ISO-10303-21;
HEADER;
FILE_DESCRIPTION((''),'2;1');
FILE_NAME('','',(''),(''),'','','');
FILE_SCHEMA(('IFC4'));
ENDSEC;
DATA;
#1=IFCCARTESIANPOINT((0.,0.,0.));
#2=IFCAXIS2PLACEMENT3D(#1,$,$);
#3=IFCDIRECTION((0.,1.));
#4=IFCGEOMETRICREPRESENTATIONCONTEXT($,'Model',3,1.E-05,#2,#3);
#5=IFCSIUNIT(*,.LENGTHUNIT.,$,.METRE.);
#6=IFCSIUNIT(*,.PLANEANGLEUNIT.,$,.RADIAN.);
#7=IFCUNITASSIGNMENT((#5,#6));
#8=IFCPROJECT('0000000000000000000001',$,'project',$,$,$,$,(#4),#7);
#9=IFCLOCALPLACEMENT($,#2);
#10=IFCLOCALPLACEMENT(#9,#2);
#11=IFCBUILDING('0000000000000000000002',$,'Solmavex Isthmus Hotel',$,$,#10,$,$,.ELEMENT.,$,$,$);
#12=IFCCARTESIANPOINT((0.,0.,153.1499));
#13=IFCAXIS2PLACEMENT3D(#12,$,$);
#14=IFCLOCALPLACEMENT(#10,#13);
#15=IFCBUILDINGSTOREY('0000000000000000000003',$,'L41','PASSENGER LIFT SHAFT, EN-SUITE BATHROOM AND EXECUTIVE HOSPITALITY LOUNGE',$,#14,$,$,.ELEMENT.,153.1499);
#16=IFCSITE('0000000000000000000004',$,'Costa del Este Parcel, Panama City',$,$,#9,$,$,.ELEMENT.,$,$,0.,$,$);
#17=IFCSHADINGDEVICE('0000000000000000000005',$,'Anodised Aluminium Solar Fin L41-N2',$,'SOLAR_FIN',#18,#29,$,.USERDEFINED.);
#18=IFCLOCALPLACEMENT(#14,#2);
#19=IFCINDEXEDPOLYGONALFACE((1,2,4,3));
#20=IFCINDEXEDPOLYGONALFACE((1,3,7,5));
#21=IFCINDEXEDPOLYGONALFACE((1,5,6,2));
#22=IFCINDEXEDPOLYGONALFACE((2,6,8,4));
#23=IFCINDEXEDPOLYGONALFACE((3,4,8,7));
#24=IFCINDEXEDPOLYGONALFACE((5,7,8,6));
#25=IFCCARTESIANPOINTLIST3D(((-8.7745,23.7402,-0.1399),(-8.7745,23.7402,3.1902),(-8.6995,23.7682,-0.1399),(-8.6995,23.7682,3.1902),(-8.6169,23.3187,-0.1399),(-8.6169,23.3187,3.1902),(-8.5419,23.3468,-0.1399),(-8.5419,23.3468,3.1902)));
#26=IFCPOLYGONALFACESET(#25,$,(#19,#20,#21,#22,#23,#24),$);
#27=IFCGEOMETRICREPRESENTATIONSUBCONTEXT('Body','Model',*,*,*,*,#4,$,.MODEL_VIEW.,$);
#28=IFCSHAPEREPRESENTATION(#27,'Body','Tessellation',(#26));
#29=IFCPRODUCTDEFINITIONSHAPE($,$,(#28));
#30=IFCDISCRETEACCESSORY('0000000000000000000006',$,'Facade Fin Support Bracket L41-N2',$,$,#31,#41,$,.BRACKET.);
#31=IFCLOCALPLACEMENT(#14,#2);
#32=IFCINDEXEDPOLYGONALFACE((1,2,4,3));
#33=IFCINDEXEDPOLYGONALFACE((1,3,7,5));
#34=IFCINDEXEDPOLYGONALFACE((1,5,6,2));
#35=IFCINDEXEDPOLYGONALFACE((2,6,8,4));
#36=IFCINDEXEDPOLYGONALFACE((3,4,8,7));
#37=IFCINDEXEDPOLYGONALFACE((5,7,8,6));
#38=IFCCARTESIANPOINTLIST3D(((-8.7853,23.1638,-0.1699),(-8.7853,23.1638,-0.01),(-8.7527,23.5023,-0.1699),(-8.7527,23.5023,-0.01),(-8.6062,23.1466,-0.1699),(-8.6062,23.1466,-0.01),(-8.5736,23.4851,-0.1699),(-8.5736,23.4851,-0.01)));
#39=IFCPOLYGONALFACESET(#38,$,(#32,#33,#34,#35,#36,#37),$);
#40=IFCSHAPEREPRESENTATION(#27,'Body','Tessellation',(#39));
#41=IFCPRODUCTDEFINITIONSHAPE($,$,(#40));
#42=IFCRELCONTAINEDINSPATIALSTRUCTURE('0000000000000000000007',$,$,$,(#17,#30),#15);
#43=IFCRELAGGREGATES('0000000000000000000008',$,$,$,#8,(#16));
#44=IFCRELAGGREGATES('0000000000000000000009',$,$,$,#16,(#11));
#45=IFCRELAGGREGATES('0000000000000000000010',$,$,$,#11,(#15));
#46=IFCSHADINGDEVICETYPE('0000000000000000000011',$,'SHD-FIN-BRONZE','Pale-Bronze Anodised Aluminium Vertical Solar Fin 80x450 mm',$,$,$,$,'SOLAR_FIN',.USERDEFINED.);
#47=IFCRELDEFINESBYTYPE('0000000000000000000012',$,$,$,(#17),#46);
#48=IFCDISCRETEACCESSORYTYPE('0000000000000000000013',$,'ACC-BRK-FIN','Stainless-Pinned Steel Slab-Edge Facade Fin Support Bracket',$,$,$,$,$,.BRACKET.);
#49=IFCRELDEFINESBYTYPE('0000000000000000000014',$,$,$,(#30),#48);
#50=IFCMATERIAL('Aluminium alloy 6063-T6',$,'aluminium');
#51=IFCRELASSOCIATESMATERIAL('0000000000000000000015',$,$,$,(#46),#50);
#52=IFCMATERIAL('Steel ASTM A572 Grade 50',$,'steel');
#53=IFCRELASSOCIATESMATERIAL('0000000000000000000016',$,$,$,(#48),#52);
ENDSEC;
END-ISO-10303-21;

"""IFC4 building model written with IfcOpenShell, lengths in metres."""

from ifc_helpers import new_model, si_unit, direction, frame, origin, origin_2d, place, context, subcontext, project, spatial, rectangle, extrude, material, type_object, element, save


model = new_model("IFC4")

# Units and contexts
model_context = context("Model", 3, precision=1e-05, world=origin(), true_north=direction((0.0, 1.0)))
body_context = subcontext(model_context, "Body", "Model", "MODEL_VIEW")
ifc_project = project(units=[si_unit("LENGTHUNIT", "METRE"), si_unit("PLANEANGLEUNIT", "RADIAN")], contexts=[model_context])

# Site, building, storey
site_placement = place(None, origin())
site = spatial("IfcSite", under=ifc_project, at=site_placement, Name="Costa del Este Parcel, Panama City", CompositionType="ELEMENT", RefElevation=0.0)
building_placement = place(site_placement, origin())
building = spatial("IfcBuilding", under=site, at=building_placement, Name="Solmavex Isthmus Hotel", CompositionType="ELEMENT")
storey_placement = place(building_placement, frame((0.0, 0.0, 153.1499)))
storey = spatial("IfcBuildingStorey", under=building, at=storey_placement, Name="L41", Description="PASSENGER LIFT SHAFT, EN-SUITE BATHROOM AND EXECUTIVE HOSPITALITY LOUNGE", CompositionType="ELEMENT", Elevation=153.1499)

# Shared definitions
ifc_material_1 = material(Name="Aluminium alloy 6063-T6", Category="aluminium")

# Shading device
shading_device_type = type_object("IfcShadingDeviceType", Name="SHD-FIN-BRONZE", Description="Pale-Bronze Anodised Aluminium Vertical Solar Fin 80x450 mm", ElementType="SOLAR_FIN", PredefinedType="USERDEFINED", material=ifc_material_1)
shading_device_placement = place(storey_placement, frame((-8.6582, 23.5435, -0.1399), z_axis=(0.0, 0.0, 1.0), x_axis=(-0.350207, 0.936672, 0.0)))
element("IfcShadingDevice", 1, at=shading_device_placement, inside=storey, type_object=shading_device_type, Name="Anodised Aluminium Solar Fin L41-N2", ObjectType="SOLAR_FIN", PredefinedType="USERDEFINED", context=body_context, shape_type="SweptSolid", body=[
    extrude(rectangle(XDim=0.45, YDim=0.0801, at=origin_2d()), origin(), (0.0, 0.0, 1.0), 3.3301),
])

# Discrete accessory
ifc_material_2 = material(Name="Steel ASTM A572 Grade 50", Category="steel")
discrete_accessory_type = type_object("IfcDiscreteAccessoryType", Name="ACC-BRK-FIN", Description="Stainless-Pinned Steel Slab-Edge Facade Fin Support Bracket", PredefinedType="BRACKET", material=ifc_material_2)
discrete_accessory_placement = place(storey_placement, frame((-8.6794, 23.3245, -0.1699), z_axis=(0.0, 0.0, 1.0), x_axis=(0.095846, 0.995396, 0.0)))
element("IfcDiscreteAccessory", 2, at=discrete_accessory_placement, inside=storey, type_object=discrete_accessory_type, Name="Facade Fin Support Bracket L41-N2", PredefinedType="BRACKET", context=body_context, shape_type="SweptSolid", body=[
    extrude(rectangle(XDim=0.3401, YDim=0.1799, at=origin_2d()), origin(), (0.0, 0.0, 1.0), 0.1599),
])

save(model, "model.ifc")
